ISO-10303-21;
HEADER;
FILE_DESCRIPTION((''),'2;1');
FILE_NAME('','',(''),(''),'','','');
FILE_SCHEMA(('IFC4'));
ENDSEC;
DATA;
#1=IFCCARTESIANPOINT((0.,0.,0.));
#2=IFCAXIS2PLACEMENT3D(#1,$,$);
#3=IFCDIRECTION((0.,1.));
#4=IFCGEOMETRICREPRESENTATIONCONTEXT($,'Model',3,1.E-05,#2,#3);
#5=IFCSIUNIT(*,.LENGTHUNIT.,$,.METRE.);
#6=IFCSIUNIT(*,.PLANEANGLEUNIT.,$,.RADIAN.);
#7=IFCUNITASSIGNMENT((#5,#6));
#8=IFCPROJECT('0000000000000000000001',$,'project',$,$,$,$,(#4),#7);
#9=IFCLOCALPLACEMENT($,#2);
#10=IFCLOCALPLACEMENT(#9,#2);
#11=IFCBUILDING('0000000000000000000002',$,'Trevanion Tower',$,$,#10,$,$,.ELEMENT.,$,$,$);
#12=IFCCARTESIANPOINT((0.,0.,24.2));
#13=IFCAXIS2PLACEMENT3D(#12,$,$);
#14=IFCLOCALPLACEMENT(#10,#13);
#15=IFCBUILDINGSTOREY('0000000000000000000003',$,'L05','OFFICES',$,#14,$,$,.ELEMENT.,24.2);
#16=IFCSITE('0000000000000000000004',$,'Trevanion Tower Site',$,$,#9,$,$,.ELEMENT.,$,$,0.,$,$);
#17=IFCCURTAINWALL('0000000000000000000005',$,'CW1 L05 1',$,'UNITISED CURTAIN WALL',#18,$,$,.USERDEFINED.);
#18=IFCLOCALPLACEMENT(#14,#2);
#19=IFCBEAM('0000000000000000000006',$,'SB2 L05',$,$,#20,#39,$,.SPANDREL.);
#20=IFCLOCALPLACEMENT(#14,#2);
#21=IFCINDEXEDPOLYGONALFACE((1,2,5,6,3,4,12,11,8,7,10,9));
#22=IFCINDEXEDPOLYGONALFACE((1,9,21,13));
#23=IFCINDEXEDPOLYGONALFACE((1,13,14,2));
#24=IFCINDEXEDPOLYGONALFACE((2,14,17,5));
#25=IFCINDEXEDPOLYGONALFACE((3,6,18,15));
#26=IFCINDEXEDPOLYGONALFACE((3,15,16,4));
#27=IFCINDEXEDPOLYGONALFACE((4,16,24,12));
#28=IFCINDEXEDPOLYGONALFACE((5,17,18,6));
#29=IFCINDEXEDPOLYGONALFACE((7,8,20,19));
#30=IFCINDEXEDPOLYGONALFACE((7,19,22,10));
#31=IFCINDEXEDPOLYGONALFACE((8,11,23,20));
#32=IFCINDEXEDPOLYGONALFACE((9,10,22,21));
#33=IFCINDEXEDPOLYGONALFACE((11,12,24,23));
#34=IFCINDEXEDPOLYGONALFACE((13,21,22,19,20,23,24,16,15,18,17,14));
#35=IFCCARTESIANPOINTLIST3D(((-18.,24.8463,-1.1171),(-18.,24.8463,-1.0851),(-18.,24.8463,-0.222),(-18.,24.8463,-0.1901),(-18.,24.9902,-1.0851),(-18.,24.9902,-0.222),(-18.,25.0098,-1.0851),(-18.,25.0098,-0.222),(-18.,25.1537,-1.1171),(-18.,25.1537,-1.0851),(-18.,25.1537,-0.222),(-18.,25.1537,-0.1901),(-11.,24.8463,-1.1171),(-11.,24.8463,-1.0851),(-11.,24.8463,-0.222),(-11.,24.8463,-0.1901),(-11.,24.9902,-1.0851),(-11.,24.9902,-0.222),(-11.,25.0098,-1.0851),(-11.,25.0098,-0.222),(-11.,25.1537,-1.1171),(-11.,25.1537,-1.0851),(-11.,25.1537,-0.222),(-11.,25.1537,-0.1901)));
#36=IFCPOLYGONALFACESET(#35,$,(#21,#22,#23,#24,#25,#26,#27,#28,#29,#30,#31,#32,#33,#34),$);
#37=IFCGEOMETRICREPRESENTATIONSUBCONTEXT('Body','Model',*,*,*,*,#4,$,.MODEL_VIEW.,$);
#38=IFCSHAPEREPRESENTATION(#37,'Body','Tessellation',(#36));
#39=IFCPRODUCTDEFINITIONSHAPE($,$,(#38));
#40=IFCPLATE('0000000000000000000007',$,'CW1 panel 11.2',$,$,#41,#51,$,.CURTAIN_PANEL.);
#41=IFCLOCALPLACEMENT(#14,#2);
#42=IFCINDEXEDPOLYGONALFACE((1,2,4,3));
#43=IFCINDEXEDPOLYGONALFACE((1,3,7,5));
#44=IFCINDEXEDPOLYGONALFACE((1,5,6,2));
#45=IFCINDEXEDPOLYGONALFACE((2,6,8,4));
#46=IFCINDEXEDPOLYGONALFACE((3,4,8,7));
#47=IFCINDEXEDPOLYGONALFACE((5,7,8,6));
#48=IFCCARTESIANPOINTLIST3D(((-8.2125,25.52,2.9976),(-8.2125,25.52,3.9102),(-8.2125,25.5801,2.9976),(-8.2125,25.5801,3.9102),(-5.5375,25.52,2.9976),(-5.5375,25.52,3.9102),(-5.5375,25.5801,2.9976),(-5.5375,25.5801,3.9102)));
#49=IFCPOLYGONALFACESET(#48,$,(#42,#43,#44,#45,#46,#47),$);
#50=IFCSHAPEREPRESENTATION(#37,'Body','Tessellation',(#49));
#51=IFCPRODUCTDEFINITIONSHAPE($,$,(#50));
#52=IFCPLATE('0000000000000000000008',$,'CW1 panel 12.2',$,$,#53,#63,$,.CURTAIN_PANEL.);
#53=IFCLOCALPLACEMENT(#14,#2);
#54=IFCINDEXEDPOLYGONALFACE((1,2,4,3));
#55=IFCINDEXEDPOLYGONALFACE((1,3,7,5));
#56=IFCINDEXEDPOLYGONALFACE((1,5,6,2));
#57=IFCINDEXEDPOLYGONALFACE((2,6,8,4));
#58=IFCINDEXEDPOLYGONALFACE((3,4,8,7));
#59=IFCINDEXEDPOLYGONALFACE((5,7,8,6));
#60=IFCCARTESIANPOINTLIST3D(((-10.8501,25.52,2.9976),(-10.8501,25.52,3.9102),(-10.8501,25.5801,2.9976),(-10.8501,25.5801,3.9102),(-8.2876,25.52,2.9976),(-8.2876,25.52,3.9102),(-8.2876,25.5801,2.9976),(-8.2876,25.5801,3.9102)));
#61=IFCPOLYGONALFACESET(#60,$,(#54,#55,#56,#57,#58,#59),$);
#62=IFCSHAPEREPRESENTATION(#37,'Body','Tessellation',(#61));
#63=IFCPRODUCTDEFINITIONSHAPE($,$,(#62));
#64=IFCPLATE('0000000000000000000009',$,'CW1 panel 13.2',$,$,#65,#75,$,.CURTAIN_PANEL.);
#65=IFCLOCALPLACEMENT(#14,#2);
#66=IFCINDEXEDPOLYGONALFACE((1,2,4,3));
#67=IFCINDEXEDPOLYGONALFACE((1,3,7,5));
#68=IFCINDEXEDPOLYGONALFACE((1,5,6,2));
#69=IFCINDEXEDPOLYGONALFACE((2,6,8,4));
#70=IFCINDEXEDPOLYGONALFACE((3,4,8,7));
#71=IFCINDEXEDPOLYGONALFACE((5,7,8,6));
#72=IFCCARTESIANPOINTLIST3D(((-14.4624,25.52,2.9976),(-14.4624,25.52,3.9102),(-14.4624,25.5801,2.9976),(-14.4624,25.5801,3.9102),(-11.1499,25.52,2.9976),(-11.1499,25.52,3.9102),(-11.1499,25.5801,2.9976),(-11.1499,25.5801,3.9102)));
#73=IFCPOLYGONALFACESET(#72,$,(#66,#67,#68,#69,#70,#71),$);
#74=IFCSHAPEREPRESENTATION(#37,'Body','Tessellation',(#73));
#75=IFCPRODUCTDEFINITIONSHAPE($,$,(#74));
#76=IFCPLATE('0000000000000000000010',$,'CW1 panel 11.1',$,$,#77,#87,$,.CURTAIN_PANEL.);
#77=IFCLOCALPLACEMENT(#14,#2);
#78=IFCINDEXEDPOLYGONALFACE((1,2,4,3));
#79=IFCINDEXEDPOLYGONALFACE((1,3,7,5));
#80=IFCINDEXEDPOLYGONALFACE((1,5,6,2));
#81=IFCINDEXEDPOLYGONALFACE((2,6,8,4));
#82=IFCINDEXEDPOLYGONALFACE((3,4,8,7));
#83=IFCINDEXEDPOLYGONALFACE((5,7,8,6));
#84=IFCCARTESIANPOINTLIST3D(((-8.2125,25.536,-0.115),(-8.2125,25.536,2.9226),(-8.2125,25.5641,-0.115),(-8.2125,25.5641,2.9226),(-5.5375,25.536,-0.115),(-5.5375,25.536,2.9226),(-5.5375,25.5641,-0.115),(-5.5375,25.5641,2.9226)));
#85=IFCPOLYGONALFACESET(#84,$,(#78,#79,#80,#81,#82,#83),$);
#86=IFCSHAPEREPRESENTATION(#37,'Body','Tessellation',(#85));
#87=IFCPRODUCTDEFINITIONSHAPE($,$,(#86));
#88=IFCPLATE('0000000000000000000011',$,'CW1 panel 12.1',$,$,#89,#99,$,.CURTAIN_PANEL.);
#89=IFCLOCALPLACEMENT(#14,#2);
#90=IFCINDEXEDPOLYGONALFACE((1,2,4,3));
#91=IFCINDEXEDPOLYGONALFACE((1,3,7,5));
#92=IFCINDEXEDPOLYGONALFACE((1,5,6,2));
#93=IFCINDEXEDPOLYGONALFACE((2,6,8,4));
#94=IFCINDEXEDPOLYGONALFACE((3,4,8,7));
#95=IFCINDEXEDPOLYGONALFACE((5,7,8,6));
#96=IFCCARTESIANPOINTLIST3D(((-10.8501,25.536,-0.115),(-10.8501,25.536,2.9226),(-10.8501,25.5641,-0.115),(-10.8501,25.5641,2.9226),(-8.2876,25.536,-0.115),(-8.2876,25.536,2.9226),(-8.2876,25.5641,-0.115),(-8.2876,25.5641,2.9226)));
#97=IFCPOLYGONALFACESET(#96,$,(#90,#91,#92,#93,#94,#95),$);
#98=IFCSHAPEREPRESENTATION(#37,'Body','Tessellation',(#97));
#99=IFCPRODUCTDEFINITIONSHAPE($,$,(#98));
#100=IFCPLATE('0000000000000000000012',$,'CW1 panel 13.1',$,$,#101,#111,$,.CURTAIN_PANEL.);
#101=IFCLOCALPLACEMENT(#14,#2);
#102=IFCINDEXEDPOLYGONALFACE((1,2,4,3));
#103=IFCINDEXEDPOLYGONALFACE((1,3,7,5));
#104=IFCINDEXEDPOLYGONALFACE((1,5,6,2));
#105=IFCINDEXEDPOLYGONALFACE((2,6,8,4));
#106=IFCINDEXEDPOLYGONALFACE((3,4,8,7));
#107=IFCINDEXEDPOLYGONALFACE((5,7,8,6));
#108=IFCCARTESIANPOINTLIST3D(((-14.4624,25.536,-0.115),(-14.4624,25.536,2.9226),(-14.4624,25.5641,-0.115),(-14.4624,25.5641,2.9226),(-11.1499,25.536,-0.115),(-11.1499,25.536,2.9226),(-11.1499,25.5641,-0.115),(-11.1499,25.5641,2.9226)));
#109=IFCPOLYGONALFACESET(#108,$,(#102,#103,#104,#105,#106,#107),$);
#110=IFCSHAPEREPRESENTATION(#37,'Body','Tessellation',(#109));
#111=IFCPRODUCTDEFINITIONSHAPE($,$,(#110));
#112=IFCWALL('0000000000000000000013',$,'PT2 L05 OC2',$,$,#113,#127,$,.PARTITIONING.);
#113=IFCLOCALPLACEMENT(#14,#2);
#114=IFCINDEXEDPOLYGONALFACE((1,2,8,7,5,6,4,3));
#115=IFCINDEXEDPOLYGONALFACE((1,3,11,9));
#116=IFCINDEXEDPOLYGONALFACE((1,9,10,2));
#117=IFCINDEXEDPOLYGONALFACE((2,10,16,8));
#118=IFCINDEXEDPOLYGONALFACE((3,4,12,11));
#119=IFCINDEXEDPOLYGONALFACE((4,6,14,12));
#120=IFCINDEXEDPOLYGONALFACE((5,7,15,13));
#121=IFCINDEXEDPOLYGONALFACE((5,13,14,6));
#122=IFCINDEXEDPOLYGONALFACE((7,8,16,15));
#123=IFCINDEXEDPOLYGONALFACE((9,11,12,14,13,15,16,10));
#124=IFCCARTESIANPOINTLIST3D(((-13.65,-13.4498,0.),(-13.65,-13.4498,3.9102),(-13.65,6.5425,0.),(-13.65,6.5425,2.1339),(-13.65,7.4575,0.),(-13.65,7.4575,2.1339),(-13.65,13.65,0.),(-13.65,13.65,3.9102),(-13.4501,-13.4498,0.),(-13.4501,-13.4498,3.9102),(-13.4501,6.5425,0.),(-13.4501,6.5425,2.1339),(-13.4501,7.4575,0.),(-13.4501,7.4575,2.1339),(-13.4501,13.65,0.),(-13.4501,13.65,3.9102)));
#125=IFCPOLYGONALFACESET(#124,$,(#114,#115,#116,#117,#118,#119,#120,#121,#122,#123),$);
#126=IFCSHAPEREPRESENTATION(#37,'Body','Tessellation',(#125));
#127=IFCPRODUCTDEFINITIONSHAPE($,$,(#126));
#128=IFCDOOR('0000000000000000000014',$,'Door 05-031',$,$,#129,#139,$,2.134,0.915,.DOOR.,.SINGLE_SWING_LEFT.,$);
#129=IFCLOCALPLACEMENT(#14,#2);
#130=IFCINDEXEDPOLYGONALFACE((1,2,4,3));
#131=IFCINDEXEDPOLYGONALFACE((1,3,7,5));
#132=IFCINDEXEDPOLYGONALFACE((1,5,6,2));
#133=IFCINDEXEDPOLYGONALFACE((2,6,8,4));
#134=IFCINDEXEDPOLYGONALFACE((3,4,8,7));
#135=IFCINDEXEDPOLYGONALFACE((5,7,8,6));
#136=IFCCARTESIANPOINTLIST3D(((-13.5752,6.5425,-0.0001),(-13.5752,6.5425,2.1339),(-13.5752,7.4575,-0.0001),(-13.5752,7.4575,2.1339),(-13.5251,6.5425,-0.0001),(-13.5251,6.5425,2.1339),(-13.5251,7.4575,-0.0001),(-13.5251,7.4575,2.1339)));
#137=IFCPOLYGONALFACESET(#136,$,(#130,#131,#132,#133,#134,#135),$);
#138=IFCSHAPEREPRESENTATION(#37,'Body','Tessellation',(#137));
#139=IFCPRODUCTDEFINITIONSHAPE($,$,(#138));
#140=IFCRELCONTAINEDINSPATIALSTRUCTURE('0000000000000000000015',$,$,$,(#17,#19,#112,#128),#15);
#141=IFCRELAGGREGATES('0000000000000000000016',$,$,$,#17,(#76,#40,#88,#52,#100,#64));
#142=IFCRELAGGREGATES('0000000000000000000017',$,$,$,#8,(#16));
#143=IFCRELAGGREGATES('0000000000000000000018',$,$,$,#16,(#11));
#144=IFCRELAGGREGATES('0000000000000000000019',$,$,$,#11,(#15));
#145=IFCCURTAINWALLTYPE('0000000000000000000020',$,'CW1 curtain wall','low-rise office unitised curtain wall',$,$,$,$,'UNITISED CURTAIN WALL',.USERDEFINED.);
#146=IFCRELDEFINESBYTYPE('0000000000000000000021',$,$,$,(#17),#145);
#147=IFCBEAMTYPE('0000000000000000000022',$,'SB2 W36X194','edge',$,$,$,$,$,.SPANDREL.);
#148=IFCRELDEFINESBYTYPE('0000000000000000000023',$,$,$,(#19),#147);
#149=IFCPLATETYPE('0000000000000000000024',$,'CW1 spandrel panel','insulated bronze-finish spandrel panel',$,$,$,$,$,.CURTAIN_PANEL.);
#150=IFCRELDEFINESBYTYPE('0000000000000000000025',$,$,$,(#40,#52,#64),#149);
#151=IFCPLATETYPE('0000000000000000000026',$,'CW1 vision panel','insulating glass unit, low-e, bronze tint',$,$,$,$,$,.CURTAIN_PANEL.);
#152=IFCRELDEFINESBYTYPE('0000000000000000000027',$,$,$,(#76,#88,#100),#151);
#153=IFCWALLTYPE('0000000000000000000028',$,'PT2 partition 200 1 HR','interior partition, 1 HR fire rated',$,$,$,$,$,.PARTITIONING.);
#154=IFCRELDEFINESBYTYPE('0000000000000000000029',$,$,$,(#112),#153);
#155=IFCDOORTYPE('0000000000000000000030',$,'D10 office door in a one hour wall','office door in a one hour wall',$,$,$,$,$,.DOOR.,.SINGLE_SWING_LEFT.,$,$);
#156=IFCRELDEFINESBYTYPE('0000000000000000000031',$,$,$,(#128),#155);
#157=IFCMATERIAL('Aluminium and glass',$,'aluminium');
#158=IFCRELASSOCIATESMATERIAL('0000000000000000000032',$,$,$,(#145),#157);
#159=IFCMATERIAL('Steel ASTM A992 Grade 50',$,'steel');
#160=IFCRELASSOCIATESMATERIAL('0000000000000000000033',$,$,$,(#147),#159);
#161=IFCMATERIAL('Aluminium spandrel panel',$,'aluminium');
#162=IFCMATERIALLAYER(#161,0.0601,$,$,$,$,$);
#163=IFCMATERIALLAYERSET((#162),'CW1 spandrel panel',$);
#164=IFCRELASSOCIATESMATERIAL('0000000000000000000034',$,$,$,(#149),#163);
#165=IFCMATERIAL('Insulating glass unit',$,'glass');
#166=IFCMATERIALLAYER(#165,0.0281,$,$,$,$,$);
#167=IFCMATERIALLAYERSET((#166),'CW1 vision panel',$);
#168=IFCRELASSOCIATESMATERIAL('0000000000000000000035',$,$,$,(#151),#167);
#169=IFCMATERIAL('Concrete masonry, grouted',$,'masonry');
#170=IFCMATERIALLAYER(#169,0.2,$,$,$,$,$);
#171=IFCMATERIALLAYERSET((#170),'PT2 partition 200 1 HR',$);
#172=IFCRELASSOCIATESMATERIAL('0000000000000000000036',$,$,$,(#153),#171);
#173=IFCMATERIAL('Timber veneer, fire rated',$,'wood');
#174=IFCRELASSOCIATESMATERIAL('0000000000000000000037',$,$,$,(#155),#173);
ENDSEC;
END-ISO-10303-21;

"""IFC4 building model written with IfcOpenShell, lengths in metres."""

from ifc_helpers import new_model, si_unit, direction, frame, frame_2d, origin, origin_2d, place, context, subcontext, project, spatial, rectangle, i_section, extrude, material, layer, layer_set, material_profile, profile_set, type_object, element, fill, aggregate, save


model = new_model("IFC4")

# Units and contexts
model_context = context("Model", 3, precision=1e-05, world=origin(), true_north=direction((0.0, 1.0)))
body_context = subcontext(model_context, "Body", "Model", "MODEL_VIEW")
ifc_project = project(units=[si_unit("LENGTHUNIT", "METRE"), si_unit("PLANEANGLEUNIT", "RADIAN")], contexts=[model_context])

# Site, building, storey
site_placement = place(None, origin())
site = spatial("IfcSite", under=ifc_project, at=site_placement, Name="Trevanion Tower Site", CompositionType="ELEMENT", RefElevation=0.0)
building_placement = place(site_placement, origin())
building = spatial("IfcBuilding", under=site, at=building_placement, Name="Trevanion Tower", CompositionType="ELEMENT")
storey_placement = place(building_placement, frame((0.0, 0.0, 24.2)))
storey = spatial("IfcBuildingStorey", under=building, at=storey_placement, Name="L05", Description="OFFICES", CompositionType="ELEMENT", Elevation=24.2)

# Curtain wall
ifc_material_1 = material(Name="Aluminium and glass", Category="aluminium")
curtain_wall_type = type_object("IfcCurtainWallType", Name="CW1 curtain wall", Description="low-rise office unitised curtain wall", ElementType="UNITISED CURTAIN WALL", PredefinedType="USERDEFINED", material=ifc_material_1)
curtain_wall_placement = place(storey_placement, origin())
curtain_wall = element("IfcCurtainWall", 1, at=curtain_wall_placement, inside=storey, type_object=curtain_wall_type, Name="CW1 L05 1", ObjectType="UNITISED CURTAIN WALL", PredefinedType="USERDEFINED")

# Beam
ifc_material_2 = material(Name="Steel ASTM A992 Grade 50", Category="steel")
ifc_material_profile_1 = material_profile(ifc_material_2, i_section(OverallWidth=0.3074, OverallDepth=0.927, WebThickness=0.0195, FlangeThickness=0.032, at=origin_2d()), Name="W36X194")
ifc_profile_set_1 = profile_set([ifc_material_profile_1], Name="Steel ASTM A992 Grade 50")
beam_type_1 = type_object("IfcBeamType", Name="SB2 W36X194", Description="edge", PredefinedType="SPANDREL", material=ifc_profile_set_1)
beam_placement = place(storey_placement, frame((-11.0, 25.0, -0.6536), z_axis=(-1.0, 0.0, 0.0), x_axis=(0.0, -1.0, 0.0)))
element("IfcBeam", 2, at=beam_placement, inside=storey, type_object=beam_type_1, Name="SB2 L05", PredefinedType="SPANDREL", context=body_context, shape_type="SweptSolid", body=[
    extrude(i_section(OverallWidth=0.3074, OverallDepth=0.927, WebThickness=0.0195, FlangeThickness=0.032, at=origin_2d()), origin(), (0.0, 0.0, 1.0), 7.0),
])

# Plates
ifc_material_3 = material(Name="Aluminium spandrel panel", Category="aluminium")
ifc_layer_1 = layer(ifc_material_3, 0.0601)
ifc_layer_set_1 = layer_set([ifc_layer_1], Name="CW1 spandrel panel")
plate_type_1 = type_object("IfcPlateType", Name="CW1 spandrel panel", Description="insulated bronze-finish spandrel panel", PredefinedType="CURTAIN_PANEL", material=ifc_layer_set_1)
plate_1_placement = place(storey_placement, frame((-6.875, 25.55, 2.9976), z_axis=(0.0, 0.0, 1.0), x_axis=(-1.0, 0.0, 0.0)))
plate_1 = element("IfcPlate", 3, at=plate_1_placement, type_object=plate_type_1, Name="CW1 panel 11.2", PredefinedType="CURTAIN_PANEL", context=body_context, shape_type="SweptSolid", body=[
    extrude(rectangle(XDim=2.675, YDim=0.0601, at=origin_2d()), origin(), (0.0, 0.0, 1.0), 0.9126),
])
plate_2_placement = place(storey_placement, frame((-9.5688, 25.55, 2.9976), z_axis=(0.0, 0.0, 1.0), x_axis=(-1.0, 0.0, 0.0)))
plate_2 = element("IfcPlate", 4, at=plate_2_placement, type_object=plate_type_1, Name="CW1 panel 12.2", PredefinedType="CURTAIN_PANEL", context=body_context, shape_type="SweptSolid", body=[
    extrude(rectangle(XDim=2.5625, YDim=0.0601, at=origin_2d()), origin(), (0.0, 0.0, 1.0), 0.9126),
])
plate_3_placement = place(storey_placement, frame((-12.8062, 25.55, 2.9976), z_axis=(0.0, 0.0, 1.0), x_axis=(-1.0, 0.0, 0.0)))
plate_3 = element("IfcPlate", 5, at=plate_3_placement, type_object=plate_type_1, Name="CW1 panel 13.2", PredefinedType="CURTAIN_PANEL", context=body_context, shape_type="SweptSolid", body=[
    extrude(rectangle(XDim=3.3125, YDim=0.0601, at=origin_2d()), origin(), (0.0, 0.0, 1.0), 0.9126),
])
ifc_material_4 = material(Name="Insulating glass unit", Category="glass")
ifc_layer_2 = layer(ifc_material_4, 0.0281)
ifc_layer_set_2 = layer_set([ifc_layer_2], Name="CW1 vision panel")
plate_type_2 = type_object("IfcPlateType", Name="CW1 vision panel", Description="insulating glass unit, low-e, bronze tint", PredefinedType="CURTAIN_PANEL", material=ifc_layer_set_2)
plate_4_placement = place(storey_placement, frame((-6.875, 25.55, -0.115), z_axis=(0.0, 0.0, 1.0), x_axis=(-1.0, 0.0, 0.0)))
plate_4 = element("IfcPlate", 6, at=plate_4_placement, type_object=plate_type_2, Name="CW1 panel 11.1", PredefinedType="CURTAIN_PANEL", context=body_context, shape_type="SweptSolid", body=[
    extrude(rectangle(XDim=2.675, YDim=0.0281, at=origin_2d()), origin(), (0.0, 0.0, 1.0), 3.0376),
])
plate_5_placement = place(storey_placement, frame((-9.5688, 25.55, -0.115), z_axis=(0.0, 0.0, 1.0), x_axis=(-1.0, 0.0, 0.0)))
plate_5 = element("IfcPlate", 7, at=plate_5_placement, type_object=plate_type_2, Name="CW1 panel 12.1", PredefinedType="CURTAIN_PANEL", context=body_context, shape_type="SweptSolid", body=[
    extrude(rectangle(XDim=2.5625, YDim=0.0281, at=origin_2d()), origin(), (0.0, 0.0, 1.0), 3.0376),
])
plate_6_placement = place(storey_placement, frame((-12.8062, 25.55, -0.115), z_axis=(0.0, 0.0, 1.0), x_axis=(-1.0, 0.0, 0.0)))
plate_6 = element("IfcPlate", 8, at=plate_6_placement, type_object=plate_type_2, Name="CW1 panel 13.1", PredefinedType="CURTAIN_PANEL", context=body_context, shape_type="SweptSolid", body=[
    extrude(rectangle(XDim=3.3125, YDim=0.0281, at=origin_2d()), origin(), (0.0, 0.0, 1.0), 3.0376),
])
aggregate(curtain_wall, [plate_4, plate_1, plate_5, plate_2, plate_6, plate_3])

# Wall, opening, door
ifc_material_5 = material(Name="Concrete masonry, grouted", Category="masonry")
ifc_layer_3 = layer(ifc_material_5, 0.2)
ifc_layer_set_3 = layer_set([ifc_layer_3], Name="PT2 partition 200 1 HR")
wall_type = type_object("IfcWallType", Name="PT2 partition 200 1 HR", Description="interior partition, 1 HR fire rated", PredefinedType="PARTITIONING", material=ifc_layer_set_3)
wall_placement = place(storey_placement, frame((-13.55, 13.6499, 0.0), z_axis=(0.0, 0.0, 1.0), x_axis=(0.0, -1.0, 0.0)))
wall = element("IfcWall", 9, at=wall_placement, inside=storey, type_object=wall_type, Name="PT2 L05 OC2", PredefinedType="PARTITIONING", context=body_context, shape_type="SweptSolid", body=[
    extrude(rectangle(XDim=27.0999, YDim=0.2, at=frame_2d((13.5498, 0.0))), origin(), (0.0, 0.0, 1.0), 3.9102),
])
opening_placement = place(wall_placement, frame((6.1924, 0.0, 0.0)))
opening = element("IfcOpeningElement", 10, at=opening_placement, cuts=wall, PredefinedType="OPENING", context=body_context, shape_type="SweptSolid", body=[
    extrude(rectangle(XDim=0.915, YDim=2.134, at=frame_2d((0.4575, 1.0669))), frame((0.0, 0.1099, 0.0), z_axis=(0.0, -1.0, 0.0), x_axis=(1.0, 0.0, 0.0)), (0.0, 0.0, 1.0), 0.22),
])
ifc_material_6 = material(Name="Timber veneer, fire rated", Category="wood")
door_type = type_object("IfcDoorType", Name="D10 office door in a one hour wall", Description="office door in a one hour wall", OperationType="SINGLE_SWING_LEFT", PredefinedType="DOOR", material=ifc_material_6)
door_placement = place(opening_placement, origin())
door = element("IfcDoor", 11, at=door_placement, inside=storey, type_object=door_type, Name="Door 05-031", OperationType="SINGLE_SWING_LEFT", OverallHeight=2.134, OverallWidth=0.915, PredefinedType="DOOR", context=body_context, shape_type="SweptSolid", body=[
    extrude(rectangle(XDim=0.915, YDim=2.134, at=frame_2d((0.4575, 1.0669))), frame((0.0, 0.0249, 0.0), z_axis=(0.0, -1.0, 0.0), x_axis=(1.0, 0.0, 0.0)), (0.0, 0.0, 1.0), 0.05),
])
fill(opening, door)

save(model, "model.ifc")
